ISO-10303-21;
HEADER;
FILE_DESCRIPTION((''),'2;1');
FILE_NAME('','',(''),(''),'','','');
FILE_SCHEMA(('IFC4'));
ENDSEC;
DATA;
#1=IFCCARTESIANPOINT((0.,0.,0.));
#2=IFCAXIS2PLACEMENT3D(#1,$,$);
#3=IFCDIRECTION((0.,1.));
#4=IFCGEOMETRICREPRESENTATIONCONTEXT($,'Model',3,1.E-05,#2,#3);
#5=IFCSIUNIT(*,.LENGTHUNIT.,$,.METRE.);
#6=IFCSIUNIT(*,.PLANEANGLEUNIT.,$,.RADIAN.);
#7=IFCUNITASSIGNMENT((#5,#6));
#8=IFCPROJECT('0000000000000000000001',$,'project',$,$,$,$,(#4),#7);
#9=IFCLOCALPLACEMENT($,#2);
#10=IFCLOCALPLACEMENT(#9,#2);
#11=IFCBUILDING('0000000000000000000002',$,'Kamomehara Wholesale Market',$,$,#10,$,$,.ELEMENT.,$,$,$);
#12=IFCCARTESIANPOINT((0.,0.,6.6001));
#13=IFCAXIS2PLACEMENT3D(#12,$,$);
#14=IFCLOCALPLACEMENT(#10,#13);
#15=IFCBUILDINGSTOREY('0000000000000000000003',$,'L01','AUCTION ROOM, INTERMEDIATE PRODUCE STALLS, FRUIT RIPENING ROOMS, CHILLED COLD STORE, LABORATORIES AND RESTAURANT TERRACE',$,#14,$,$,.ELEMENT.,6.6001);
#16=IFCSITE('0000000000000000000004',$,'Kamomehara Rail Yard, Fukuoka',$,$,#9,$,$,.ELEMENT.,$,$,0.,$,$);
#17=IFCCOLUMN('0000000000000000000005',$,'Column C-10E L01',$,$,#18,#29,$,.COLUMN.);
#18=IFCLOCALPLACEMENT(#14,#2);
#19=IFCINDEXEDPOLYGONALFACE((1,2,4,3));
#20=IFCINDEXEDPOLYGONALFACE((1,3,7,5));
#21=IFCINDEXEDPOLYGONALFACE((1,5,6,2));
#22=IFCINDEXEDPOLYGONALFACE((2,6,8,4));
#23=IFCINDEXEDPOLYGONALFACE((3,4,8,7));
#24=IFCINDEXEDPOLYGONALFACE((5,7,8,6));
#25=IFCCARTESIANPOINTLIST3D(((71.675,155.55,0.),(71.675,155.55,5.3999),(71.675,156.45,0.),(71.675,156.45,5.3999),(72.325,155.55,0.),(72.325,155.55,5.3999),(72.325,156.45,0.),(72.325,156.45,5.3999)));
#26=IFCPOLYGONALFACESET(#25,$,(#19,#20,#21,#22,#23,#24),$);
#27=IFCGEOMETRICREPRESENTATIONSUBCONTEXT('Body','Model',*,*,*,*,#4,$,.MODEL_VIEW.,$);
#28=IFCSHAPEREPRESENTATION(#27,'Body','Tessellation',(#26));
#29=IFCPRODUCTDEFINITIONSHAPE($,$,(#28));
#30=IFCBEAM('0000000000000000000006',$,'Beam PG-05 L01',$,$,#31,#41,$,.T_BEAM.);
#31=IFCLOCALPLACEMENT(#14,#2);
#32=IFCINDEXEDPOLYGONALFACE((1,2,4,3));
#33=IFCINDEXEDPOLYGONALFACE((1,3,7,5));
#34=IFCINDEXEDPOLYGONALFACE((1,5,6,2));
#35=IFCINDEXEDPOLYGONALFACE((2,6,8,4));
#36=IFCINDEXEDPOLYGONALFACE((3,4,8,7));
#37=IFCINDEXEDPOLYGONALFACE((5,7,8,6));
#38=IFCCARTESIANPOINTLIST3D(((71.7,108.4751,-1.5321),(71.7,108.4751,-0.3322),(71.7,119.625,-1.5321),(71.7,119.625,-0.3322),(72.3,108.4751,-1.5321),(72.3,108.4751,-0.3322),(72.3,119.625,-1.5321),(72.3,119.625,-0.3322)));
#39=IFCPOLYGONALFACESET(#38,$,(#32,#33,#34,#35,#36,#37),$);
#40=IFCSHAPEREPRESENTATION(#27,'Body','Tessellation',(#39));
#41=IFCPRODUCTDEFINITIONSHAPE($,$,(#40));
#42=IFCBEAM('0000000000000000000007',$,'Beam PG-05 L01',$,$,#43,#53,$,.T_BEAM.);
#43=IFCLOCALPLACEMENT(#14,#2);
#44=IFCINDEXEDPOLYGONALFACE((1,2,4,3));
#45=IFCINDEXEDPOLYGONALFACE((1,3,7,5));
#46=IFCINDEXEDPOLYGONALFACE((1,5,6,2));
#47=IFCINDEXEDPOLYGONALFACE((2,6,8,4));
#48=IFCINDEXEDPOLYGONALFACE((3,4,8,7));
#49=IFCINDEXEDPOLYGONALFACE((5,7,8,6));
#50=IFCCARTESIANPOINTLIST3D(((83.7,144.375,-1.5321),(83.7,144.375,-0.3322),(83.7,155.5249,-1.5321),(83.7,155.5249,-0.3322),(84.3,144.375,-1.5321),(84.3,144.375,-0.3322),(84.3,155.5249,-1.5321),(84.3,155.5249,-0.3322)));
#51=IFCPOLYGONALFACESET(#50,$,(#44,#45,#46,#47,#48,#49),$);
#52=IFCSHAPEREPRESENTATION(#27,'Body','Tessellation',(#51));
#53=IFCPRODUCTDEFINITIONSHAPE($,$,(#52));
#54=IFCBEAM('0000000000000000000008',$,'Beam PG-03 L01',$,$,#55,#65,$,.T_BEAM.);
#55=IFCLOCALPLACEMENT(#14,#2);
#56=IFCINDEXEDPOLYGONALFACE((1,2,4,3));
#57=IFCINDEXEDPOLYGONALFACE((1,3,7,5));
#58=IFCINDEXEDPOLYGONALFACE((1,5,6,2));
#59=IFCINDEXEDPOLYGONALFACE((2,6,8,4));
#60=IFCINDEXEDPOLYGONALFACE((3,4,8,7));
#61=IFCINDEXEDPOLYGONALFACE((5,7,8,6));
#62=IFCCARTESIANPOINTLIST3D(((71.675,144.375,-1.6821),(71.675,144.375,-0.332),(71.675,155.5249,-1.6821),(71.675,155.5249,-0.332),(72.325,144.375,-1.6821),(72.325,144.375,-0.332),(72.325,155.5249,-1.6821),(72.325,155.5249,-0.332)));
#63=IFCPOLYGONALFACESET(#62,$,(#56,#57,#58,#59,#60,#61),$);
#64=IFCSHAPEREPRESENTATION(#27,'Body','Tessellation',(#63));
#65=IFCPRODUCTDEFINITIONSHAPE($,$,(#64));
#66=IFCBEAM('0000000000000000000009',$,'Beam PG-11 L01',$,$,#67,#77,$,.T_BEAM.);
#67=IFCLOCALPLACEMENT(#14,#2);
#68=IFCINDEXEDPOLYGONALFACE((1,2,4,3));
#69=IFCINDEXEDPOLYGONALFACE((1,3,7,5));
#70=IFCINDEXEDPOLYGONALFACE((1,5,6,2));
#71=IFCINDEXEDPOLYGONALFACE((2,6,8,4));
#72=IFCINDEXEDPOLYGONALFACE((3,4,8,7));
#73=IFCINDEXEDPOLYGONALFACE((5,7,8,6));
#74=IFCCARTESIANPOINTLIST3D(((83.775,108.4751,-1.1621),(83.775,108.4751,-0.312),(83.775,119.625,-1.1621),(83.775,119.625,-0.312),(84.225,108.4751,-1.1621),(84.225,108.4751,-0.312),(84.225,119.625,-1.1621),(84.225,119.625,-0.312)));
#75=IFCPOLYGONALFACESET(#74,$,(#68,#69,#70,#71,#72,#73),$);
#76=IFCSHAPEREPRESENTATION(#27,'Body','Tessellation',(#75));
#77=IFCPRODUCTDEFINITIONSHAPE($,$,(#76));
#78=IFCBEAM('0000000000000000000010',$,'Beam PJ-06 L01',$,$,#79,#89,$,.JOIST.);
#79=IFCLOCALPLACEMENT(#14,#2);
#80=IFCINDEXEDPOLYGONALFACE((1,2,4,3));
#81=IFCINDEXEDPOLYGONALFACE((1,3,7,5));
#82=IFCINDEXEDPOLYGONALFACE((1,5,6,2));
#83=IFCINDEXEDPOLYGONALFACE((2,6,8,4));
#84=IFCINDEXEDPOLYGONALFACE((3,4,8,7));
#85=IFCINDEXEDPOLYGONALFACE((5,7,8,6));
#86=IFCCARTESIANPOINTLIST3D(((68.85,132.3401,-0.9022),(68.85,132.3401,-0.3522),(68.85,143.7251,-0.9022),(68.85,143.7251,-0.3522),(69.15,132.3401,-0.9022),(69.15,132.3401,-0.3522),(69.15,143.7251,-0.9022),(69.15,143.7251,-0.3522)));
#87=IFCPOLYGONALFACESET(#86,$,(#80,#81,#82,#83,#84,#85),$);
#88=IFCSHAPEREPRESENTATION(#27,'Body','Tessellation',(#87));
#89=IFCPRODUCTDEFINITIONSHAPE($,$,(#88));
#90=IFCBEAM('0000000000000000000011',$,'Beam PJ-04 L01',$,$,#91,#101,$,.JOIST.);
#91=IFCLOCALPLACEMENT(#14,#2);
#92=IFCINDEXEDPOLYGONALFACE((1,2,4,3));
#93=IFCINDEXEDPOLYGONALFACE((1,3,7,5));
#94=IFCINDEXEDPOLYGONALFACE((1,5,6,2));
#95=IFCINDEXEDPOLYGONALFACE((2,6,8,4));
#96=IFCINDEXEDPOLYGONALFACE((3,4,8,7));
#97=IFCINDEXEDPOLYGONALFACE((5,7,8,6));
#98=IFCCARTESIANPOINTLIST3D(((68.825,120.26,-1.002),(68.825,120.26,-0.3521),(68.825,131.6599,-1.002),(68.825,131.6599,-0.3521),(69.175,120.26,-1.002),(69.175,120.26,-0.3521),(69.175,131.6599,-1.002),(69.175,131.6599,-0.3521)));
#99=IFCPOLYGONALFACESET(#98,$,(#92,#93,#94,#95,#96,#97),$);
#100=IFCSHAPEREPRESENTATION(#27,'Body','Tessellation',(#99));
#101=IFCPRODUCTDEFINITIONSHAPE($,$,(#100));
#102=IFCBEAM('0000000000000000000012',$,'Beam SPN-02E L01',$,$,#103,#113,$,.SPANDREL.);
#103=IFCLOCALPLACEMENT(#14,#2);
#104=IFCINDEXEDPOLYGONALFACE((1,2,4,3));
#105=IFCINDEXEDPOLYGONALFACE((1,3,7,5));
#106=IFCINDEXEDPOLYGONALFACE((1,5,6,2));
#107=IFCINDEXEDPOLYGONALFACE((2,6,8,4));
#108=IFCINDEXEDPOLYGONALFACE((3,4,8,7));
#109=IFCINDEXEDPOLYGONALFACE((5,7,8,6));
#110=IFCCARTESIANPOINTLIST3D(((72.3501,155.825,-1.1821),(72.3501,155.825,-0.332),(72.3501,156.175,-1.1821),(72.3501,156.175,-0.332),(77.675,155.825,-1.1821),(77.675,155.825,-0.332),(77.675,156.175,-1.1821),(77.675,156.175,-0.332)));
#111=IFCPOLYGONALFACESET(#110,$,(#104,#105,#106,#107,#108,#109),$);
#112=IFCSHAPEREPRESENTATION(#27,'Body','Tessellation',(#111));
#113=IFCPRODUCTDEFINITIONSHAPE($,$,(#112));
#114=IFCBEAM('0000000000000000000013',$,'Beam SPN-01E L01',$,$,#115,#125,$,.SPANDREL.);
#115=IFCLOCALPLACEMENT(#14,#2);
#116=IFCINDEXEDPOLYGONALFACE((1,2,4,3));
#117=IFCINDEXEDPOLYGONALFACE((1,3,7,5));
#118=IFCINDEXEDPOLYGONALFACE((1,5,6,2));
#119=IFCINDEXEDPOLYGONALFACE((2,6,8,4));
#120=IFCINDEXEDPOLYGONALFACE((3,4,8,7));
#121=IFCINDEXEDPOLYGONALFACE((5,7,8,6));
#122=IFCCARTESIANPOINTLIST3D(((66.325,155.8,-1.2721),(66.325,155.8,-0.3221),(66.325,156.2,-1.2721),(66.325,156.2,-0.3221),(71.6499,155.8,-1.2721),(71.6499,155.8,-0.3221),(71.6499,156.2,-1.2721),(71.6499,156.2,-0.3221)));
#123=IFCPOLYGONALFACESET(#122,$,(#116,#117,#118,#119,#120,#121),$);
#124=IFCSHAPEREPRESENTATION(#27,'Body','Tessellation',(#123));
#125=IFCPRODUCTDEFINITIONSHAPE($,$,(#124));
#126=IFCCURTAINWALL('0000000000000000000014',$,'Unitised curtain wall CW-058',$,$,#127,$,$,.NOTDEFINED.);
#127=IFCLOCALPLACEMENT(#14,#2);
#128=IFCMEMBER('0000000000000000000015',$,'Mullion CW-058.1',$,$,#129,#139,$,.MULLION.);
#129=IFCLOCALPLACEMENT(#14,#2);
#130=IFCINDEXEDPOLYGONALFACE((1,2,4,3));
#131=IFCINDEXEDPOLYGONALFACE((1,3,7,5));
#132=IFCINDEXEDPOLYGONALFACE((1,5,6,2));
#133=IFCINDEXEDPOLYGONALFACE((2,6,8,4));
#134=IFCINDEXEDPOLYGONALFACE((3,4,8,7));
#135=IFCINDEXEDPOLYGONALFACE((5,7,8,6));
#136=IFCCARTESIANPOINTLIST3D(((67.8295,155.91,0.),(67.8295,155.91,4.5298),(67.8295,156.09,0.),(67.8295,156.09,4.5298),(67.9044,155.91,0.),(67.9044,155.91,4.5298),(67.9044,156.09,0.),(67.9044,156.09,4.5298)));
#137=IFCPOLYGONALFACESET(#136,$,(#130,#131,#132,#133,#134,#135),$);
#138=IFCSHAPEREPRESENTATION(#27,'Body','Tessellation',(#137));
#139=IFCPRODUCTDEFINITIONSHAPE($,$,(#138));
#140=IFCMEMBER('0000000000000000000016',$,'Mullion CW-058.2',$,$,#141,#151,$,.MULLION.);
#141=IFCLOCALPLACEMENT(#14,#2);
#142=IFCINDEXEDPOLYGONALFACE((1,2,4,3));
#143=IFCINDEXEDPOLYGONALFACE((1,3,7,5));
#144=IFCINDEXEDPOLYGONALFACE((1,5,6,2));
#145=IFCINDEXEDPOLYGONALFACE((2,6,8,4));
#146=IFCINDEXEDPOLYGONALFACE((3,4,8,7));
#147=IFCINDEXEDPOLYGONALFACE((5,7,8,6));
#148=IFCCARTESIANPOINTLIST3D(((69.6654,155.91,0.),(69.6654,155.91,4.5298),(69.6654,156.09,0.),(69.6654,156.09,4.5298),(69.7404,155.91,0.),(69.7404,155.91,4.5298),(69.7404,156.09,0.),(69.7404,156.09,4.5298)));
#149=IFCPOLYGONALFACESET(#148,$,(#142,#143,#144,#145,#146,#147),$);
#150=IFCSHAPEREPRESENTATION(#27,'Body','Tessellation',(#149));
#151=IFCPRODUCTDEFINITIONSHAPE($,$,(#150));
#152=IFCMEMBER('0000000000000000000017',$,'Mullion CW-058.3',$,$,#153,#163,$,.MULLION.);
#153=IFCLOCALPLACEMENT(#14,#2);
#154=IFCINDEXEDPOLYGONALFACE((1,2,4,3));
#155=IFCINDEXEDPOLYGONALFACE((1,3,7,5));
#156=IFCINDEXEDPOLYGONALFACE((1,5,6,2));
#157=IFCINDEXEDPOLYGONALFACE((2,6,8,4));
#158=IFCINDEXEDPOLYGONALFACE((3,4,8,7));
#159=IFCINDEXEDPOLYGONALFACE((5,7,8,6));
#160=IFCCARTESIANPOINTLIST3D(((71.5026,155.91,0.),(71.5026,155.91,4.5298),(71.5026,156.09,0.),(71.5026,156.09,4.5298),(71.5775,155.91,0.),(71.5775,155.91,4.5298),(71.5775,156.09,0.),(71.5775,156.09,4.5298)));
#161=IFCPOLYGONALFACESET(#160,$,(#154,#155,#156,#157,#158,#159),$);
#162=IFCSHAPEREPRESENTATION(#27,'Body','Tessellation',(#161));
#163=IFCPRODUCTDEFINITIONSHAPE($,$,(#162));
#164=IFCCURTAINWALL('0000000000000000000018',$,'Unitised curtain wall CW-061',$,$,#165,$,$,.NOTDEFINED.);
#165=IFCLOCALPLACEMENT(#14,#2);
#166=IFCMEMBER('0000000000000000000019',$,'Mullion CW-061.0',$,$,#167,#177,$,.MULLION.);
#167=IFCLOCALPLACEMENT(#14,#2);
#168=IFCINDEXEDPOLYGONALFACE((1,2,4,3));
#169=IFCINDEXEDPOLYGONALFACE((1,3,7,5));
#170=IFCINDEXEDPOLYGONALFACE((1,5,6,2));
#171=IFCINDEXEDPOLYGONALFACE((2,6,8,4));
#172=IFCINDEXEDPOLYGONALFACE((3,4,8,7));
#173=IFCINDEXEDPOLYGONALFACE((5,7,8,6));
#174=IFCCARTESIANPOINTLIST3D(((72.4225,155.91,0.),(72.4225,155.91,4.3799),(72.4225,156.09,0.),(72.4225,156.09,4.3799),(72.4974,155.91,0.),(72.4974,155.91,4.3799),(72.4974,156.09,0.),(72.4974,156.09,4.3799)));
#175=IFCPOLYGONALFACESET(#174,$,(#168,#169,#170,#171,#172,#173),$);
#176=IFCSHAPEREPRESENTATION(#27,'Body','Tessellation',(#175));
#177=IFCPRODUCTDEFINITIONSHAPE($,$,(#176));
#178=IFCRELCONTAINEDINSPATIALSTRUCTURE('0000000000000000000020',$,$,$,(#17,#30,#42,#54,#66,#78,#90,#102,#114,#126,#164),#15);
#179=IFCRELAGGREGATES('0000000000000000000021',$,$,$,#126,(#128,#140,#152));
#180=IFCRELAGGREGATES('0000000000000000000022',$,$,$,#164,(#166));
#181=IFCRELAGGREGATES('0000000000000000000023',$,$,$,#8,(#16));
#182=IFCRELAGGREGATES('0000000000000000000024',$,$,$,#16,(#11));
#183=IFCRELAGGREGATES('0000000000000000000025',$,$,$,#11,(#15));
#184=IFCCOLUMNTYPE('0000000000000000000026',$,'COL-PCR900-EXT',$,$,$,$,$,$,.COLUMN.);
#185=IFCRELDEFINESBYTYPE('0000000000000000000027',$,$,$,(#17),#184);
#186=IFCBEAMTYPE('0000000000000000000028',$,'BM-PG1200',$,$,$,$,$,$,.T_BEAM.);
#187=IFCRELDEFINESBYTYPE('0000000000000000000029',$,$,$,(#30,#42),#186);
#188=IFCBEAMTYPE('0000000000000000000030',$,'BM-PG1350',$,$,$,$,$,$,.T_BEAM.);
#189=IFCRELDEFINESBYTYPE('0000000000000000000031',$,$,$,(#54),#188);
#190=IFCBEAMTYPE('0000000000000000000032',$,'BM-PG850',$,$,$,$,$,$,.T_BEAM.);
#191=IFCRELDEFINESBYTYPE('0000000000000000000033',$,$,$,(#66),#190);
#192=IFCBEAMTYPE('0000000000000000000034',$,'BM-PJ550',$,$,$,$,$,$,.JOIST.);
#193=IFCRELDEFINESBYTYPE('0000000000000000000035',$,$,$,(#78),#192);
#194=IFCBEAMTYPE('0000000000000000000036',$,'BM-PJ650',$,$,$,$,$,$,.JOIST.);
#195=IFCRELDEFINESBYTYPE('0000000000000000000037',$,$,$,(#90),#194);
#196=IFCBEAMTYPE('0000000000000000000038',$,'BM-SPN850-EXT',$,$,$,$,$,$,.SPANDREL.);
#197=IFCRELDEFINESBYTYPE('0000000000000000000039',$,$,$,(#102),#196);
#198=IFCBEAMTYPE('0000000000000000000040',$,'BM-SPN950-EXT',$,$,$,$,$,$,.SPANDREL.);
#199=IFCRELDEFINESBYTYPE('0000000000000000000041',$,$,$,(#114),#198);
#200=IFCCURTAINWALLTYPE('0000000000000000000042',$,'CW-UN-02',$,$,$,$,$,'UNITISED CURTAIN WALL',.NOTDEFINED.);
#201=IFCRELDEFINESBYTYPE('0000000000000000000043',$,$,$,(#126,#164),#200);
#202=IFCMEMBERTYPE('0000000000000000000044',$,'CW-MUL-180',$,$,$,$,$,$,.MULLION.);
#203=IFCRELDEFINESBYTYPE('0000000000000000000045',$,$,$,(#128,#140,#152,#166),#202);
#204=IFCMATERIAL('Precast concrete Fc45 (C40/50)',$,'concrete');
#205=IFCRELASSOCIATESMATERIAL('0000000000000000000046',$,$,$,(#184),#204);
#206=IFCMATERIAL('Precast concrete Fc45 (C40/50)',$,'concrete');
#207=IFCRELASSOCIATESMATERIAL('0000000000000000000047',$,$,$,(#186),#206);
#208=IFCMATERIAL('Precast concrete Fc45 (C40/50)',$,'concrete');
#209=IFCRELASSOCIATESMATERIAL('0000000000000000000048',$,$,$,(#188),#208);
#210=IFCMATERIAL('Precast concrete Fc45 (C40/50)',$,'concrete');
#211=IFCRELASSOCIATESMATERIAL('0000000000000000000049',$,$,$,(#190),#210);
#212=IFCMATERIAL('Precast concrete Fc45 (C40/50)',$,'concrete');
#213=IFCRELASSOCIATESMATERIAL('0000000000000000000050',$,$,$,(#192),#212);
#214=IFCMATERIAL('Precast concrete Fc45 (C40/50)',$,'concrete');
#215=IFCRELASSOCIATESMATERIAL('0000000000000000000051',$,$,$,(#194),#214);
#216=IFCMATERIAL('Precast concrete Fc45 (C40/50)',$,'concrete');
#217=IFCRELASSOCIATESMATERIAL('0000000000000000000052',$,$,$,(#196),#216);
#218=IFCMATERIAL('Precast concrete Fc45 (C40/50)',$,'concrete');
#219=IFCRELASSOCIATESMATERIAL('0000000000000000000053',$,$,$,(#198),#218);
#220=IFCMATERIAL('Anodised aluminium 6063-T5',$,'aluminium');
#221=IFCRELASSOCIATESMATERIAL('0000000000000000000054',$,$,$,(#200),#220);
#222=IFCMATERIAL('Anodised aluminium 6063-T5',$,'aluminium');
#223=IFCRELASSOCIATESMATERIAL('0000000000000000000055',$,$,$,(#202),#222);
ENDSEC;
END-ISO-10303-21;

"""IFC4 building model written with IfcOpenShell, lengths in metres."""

from ifc_helpers import new_model, si_unit, direction, frame, origin, origin_2d, place, context, subcontext, project, spatial, rectangle, extrude, material, material_profile, profile_set, type_object, element, aggregate, save


model = new_model("IFC4")

# Units and contexts
model_context = context("Model", 3, precision=1e-05, world=origin(), true_north=direction((0.0, 1.0)))
body_context = subcontext(model_context, "Body", "Model", "MODEL_VIEW")
ifc_project = project(units=[si_unit("LENGTHUNIT", "METRE"), si_unit("PLANEANGLEUNIT", "RADIAN")], contexts=[model_context])

# Site, building, storey
site_placement = place(None, origin())
site = spatial("IfcSite", under=ifc_project, at=site_placement, Name="Kamomehara Rail Yard, Fukuoka", CompositionType="ELEMENT", RefElevation=0.0)
building_placement = place(site_placement, origin())
building = spatial("IfcBuilding", under=site, at=building_placement, Name="Kamomehara Wholesale Market", CompositionType="ELEMENT")
storey_placement = place(building_placement, frame((0.0, 0.0, 6.6001)))
storey = spatial("IfcBuildingStorey", under=building, at=storey_placement, Name="L01", Description="AUCTION ROOM, INTERMEDIATE PRODUCE STALLS, FRUIT RIPENING ROOMS, CHILLED COLD STORE, LABORATORIES AND RESTAURANT TERRACE", CompositionType="ELEMENT", Elevation=6.6001)

# Column
ifc_material_1 = material(Name="Precast concrete Fc45 (C40/50)", Category="concrete")
ifc_material_profile_1 = material_profile(ifc_material_1, rectangle(XDim=0.6499, YDim=0.8999, at=origin_2d()), Name="PC-COL-650x900")
ifc_profile_set_1 = profile_set([ifc_material_profile_1], Name="Precast concrete Fc45 (C40/50)")
column_type = type_object("IfcColumnType", Name="COL-PCR900-EXT", PredefinedType="COLUMN", material=ifc_profile_set_1)
column_placement = place(storey_placement, frame((72.0, 156.0, 0.0), z_axis=(0.0, 0.0, 1.0), x_axis=(1.0, 0.0, 0.0)))
element("IfcColumn", 1, at=column_placement, inside=storey, type_object=column_type, Name="Column C-10E L01", PredefinedType="COLUMN", context=body_context, shape_type="SweptSolid", body=[
    extrude(rectangle(XDim=0.6499, YDim=0.8999, at=origin_2d()), origin(), (0.0, 0.0, 1.0), 5.3999),
])

# Beams
ifc_material_2 = material(Name="Precast concrete Fc45 (C40/50)", Category="concrete")
ifc_material_profile_2 = material_profile(ifc_material_2, rectangle(XDim=0.6001, YDim=1.2, at=origin_2d()), Name="PC-GRD-600x1200")
ifc_profile_set_2 = profile_set([ifc_material_profile_2], Name="Precast concrete Fc45 (C40/50)")
beam_type_1 = type_object("IfcBeamType", Name="BM-PG1200", PredefinedType="T_BEAM", material=ifc_profile_set_2)
for number, where, z_axis, x_axis, name in (
    (2, (72.0, 108.4751, -0.9321), (0.0, 1.0, 0.0), (-1.0, 0.0, 0.0), "Beam PG-05 L01"),
    (3, (84.0, 144.375, -0.9321), (0.0, 1.0, 0.0), (-1.0, 0.0, 0.0), "Beam PG-05 L01"),
):
    element("IfcBeam", number, at=place(storey_placement, frame(where, z_axis=z_axis, x_axis=x_axis)), inside=storey, type_object=beam_type_1, Name=name, PredefinedType="T_BEAM", context=body_context, shape_type="SweptSolid", body=[
        extrude(rectangle(XDim=0.6001, YDim=1.2, at=origin_2d()), origin(), (0.0, 0.0, 1.0), 11.1499),
    ])
ifc_material_3 = material(Name="Precast concrete Fc45 (C40/50)", Category="concrete")
ifc_material_profile_3 = material_profile(ifc_material_3, rectangle(XDim=0.6499, YDim=1.3501, at=origin_2d()), Name="PC-GRD-650x1350")
ifc_profile_set_3 = profile_set([ifc_material_profile_3], Name="Precast concrete Fc45 (C40/50)")
beam_type_2 = type_object("IfcBeamType", Name="BM-PG1350", PredefinedType="T_BEAM", material=ifc_profile_set_3)
beam_1_placement = place(storey_placement, frame((72.0, 144.375, -1.0071), z_axis=(0.0, 1.0, 0.0), x_axis=(-1.0, 0.0, 0.0)))
element("IfcBeam", 4, at=beam_1_placement, inside=storey, type_object=beam_type_2, Name="Beam PG-03 L01", PredefinedType="T_BEAM", context=body_context, shape_type="SweptSolid", body=[
    extrude(rectangle(XDim=0.6499, YDim=1.3501, at=origin_2d()), origin(), (0.0, 0.0, 1.0), 11.1499),
])
ifc_material_4 = material(Name="Precast concrete Fc45 (C40/50)", Category="concrete")
ifc_material_profile_4 = material_profile(ifc_material_4, rectangle(XDim=0.45, YDim=0.8501, at=origin_2d()), Name="PC-GRD-450x850")
ifc_profile_set_4 = profile_set([ifc_material_profile_4], Name="Precast concrete Fc45 (C40/50)")
beam_type_3 = type_object("IfcBeamType", Name="BM-PG850", PredefinedType="T_BEAM", material=ifc_profile_set_4)
beam_2_placement = place(storey_placement, frame((84.0, 108.4751, -0.7371), z_axis=(0.0, 1.0, 0.0), x_axis=(-1.0, 0.0, 0.0)))
element("IfcBeam", 5, at=beam_2_placement, inside=storey, type_object=beam_type_3, Name="Beam PG-11 L01", PredefinedType="T_BEAM", context=body_context, shape_type="SweptSolid", body=[
    extrude(rectangle(XDim=0.45, YDim=0.8501, at=origin_2d()), origin(), (0.0, 0.0, 1.0), 11.1499),
])
ifc_material_5 = material(Name="Precast concrete Fc45 (C40/50)", Category="concrete")
ifc_material_profile_5 = material_profile(ifc_material_5, rectangle(XDim=0.3, YDim=0.55, at=origin_2d()), Name="PC-JST-300x550")
ifc_profile_set_5 = profile_set([ifc_material_profile_5], Name="Precast concrete Fc45 (C40/50)")
beam_type_4 = type_object("IfcBeamType", Name="BM-PJ550", PredefinedType="JOIST", material=ifc_profile_set_5)
beam_3_placement = place(storey_placement, frame((69.0, 132.3401, -0.6272), z_axis=(0.0, 1.0, 0.0), x_axis=(-1.0, 0.0, 0.0)))
element("IfcBeam", 6, at=beam_3_placement, inside=storey, type_object=beam_type_4, Name="Beam PJ-06 L01", PredefinedType="JOIST", context=body_context, shape_type="SweptSolid", body=[
    extrude(rectangle(XDim=0.3, YDim=0.55, at=origin_2d()), origin(), (0.0, 0.0, 1.0), 11.385),
])
ifc_material_6 = material(Name="Precast concrete Fc45 (C40/50)", Category="concrete")
ifc_material_profile_6 = material_profile(ifc_material_6, rectangle(XDim=0.3501, YDim=0.6499, at=origin_2d()), Name="PC-JST-350x650")
ifc_profile_set_6 = profile_set([ifc_material_profile_6], Name="Precast concrete Fc45 (C40/50)")
beam_type_5 = type_object("IfcBeamType", Name="BM-PJ650", PredefinedType="JOIST", material=ifc_profile_set_6)
beam_4_placement = place(storey_placement, frame((69.0, 120.26, -0.677), z_axis=(0.0, 1.0, 0.0), x_axis=(-1.0, 0.0, 0.0)))
element("IfcBeam", 7, at=beam_4_placement, inside=storey, type_object=beam_type_5, Name="Beam PJ-04 L01", PredefinedType="JOIST", context=body_context, shape_type="SweptSolid", body=[
    extrude(rectangle(XDim=0.3501, YDim=0.6499, at=origin_2d()), origin(), (0.0, 0.0, 1.0), 11.3999),
])
ifc_material_7 = material(Name="Precast concrete Fc45 (C40/50)", Category="concrete")
ifc_material_profile_7 = material_profile(ifc_material_7, rectangle(XDim=0.3501, YDim=0.8501, at=origin_2d()), Name="PC-SPN-350x850")
ifc_profile_set_7 = profile_set([ifc_material_profile_7], Name="Precast concrete Fc45 (C40/50)")
beam_type_6 = type_object("IfcBeamType", Name="BM-SPN850-EXT", PredefinedType="SPANDREL", material=ifc_profile_set_7)
beam_5_placement = place(storey_placement, frame((72.3501, 156.0, -0.7571), z_axis=(1.0, 0.0, 0.0), x_axis=(0.0, 1.0, 0.0)))
element("IfcBeam", 8, at=beam_5_placement, inside=storey, type_object=beam_type_6, Name="Beam SPN-02E L01", PredefinedType="SPANDREL", context=body_context, shape_type="SweptSolid", body=[
    extrude(rectangle(XDim=0.3501, YDim=0.8501, at=origin_2d()), origin(), (0.0, 0.0, 1.0), 5.325),
])
ifc_material_8 = material(Name="Precast concrete Fc45 (C40/50)", Category="concrete")
ifc_material_profile_8 = material_profile(ifc_material_8, rectangle(XDim=0.3999, YDim=0.95, at=origin_2d()), Name="PC-SPN-400x950")
ifc_profile_set_8 = profile_set([ifc_material_profile_8], Name="Precast concrete Fc45 (C40/50)")
beam_type_7 = type_object("IfcBeamType", Name="BM-SPN950-EXT", PredefinedType="SPANDREL", material=ifc_profile_set_8)
beam_6_placement = place(storey_placement, frame((66.325, 156.0, -0.7971), z_axis=(1.0, 0.0, 0.0), x_axis=(0.0, 1.0, 0.0)))
element("IfcBeam", 9, at=beam_6_placement, inside=storey, type_object=beam_type_7, Name="Beam SPN-01E L01", PredefinedType="SPANDREL", context=body_context, shape_type="SweptSolid", body=[
    extrude(rectangle(XDim=0.3999, YDim=0.95, at=origin_2d()), origin(), (0.0, 0.0, 1.0), 5.325),
])

# Curtain walls, members
ifc_material_9 = material(Name="Anodised aluminium 6063-T5", Category="aluminium")
curtain_wall_type = type_object("IfcCurtainWallType", Name="CW-UN-02", ElementType="UNITISED CURTAIN WALL", PredefinedType="NOTDEFINED", material=ifc_material_9)
curtain_wall_1_placement = place(storey_placement, origin())
curtain_wall_1 = element("IfcCurtainWall", 10, at=curtain_wall_1_placement, inside=storey, type_object=curtain_wall_type, Name="Unitised curtain wall CW-058", PredefinedType="NOTDEFINED")
ifc_material_10 = material(Name="Anodised aluminium 6063-T5", Category="aluminium")
ifc_material_profile_9 = material_profile(ifc_material_10, rectangle(XDim=0.075, YDim=0.1799, at=origin_2d()), Name="ALU-MUL-75x180")
ifc_profile_set_9 = profile_set([ifc_material_profile_9], Name="Anodised aluminium 6063-T5")
member_type_1 = type_object("IfcMemberType", Name="CW-MUL-180", PredefinedType="MULLION", material=ifc_profile_set_9)
member_1_placement = place(storey_placement, frame((67.8669, 156.0, 0.0), z_axis=(0.0, 0.0, 1.0), x_axis=(1.0, 0.0, 0.0)))
member_1 = element("IfcMember", 11, at=member_1_placement, type_object=member_type_1, Name="Mullion CW-058.1", PredefinedType="MULLION", context=body_context, shape_type="SweptSolid", body=[
    extrude(rectangle(XDim=0.075, YDim=0.1799, at=origin_2d()), origin(), (0.0, 0.0, 1.0), 4.5298),
])
member_2_placement = place(storey_placement, frame((69.7029, 156.0, 0.0), z_axis=(0.0, 0.0, 1.0), x_axis=(1.0, 0.0, 0.0)))
member_2 = element("IfcMember", 12, at=member_2_placement, type_object=member_type_1, Name="Mullion CW-058.2", PredefinedType="MULLION", context=body_context, shape_type="SweptSolid", body=[
    extrude(rectangle(XDim=0.075, YDim=0.1799, at=origin_2d()), origin(), (0.0, 0.0, 1.0), 4.5298),
])
member_3_placement = place(storey_placement, frame((71.54, 156.0, 0.0), z_axis=(0.0, 0.0, 1.0), x_axis=(1.0, 0.0, 0.0)))
member_3 = element("IfcMember", 13, at=member_3_placement, type_object=member_type_1, Name="Mullion CW-058.3", PredefinedType="MULLION", context=body_context, shape_type="SweptSolid", body=[
    extrude(rectangle(XDim=0.075, YDim=0.1799, at=origin_2d()), origin(), (0.0, 0.0, 1.0), 4.5298),
])
curtain_wall_2_placement = place(storey_placement, origin())
curtain_wall_2 = element("IfcCurtainWall", 14, at=curtain_wall_2_placement, inside=storey, type_object=curtain_wall_type, Name="Unitised curtain wall CW-061", PredefinedType="NOTDEFINED")
member_4_placement = place(storey_placement, frame((72.46, 156.0, 0.0), z_axis=(0.0, 0.0, 1.0), x_axis=(1.0, 0.0, 0.0)))
member_4 = element("IfcMember", 15, at=member_4_placement, type_object=member_type_1, Name="Mullion CW-061.0", PredefinedType="MULLION", context=body_context, shape_type="SweptSolid", body=[
    extrude(rectangle(XDim=0.075, YDim=0.1799, at=origin_2d()), origin(), (0.0, 0.0, 1.0), 4.3799),
])

aggregate(curtain_wall_1, [member_1, member_2, member_3])
aggregate(curtain_wall_2, [member_4])

save(model, "model.ifc")
